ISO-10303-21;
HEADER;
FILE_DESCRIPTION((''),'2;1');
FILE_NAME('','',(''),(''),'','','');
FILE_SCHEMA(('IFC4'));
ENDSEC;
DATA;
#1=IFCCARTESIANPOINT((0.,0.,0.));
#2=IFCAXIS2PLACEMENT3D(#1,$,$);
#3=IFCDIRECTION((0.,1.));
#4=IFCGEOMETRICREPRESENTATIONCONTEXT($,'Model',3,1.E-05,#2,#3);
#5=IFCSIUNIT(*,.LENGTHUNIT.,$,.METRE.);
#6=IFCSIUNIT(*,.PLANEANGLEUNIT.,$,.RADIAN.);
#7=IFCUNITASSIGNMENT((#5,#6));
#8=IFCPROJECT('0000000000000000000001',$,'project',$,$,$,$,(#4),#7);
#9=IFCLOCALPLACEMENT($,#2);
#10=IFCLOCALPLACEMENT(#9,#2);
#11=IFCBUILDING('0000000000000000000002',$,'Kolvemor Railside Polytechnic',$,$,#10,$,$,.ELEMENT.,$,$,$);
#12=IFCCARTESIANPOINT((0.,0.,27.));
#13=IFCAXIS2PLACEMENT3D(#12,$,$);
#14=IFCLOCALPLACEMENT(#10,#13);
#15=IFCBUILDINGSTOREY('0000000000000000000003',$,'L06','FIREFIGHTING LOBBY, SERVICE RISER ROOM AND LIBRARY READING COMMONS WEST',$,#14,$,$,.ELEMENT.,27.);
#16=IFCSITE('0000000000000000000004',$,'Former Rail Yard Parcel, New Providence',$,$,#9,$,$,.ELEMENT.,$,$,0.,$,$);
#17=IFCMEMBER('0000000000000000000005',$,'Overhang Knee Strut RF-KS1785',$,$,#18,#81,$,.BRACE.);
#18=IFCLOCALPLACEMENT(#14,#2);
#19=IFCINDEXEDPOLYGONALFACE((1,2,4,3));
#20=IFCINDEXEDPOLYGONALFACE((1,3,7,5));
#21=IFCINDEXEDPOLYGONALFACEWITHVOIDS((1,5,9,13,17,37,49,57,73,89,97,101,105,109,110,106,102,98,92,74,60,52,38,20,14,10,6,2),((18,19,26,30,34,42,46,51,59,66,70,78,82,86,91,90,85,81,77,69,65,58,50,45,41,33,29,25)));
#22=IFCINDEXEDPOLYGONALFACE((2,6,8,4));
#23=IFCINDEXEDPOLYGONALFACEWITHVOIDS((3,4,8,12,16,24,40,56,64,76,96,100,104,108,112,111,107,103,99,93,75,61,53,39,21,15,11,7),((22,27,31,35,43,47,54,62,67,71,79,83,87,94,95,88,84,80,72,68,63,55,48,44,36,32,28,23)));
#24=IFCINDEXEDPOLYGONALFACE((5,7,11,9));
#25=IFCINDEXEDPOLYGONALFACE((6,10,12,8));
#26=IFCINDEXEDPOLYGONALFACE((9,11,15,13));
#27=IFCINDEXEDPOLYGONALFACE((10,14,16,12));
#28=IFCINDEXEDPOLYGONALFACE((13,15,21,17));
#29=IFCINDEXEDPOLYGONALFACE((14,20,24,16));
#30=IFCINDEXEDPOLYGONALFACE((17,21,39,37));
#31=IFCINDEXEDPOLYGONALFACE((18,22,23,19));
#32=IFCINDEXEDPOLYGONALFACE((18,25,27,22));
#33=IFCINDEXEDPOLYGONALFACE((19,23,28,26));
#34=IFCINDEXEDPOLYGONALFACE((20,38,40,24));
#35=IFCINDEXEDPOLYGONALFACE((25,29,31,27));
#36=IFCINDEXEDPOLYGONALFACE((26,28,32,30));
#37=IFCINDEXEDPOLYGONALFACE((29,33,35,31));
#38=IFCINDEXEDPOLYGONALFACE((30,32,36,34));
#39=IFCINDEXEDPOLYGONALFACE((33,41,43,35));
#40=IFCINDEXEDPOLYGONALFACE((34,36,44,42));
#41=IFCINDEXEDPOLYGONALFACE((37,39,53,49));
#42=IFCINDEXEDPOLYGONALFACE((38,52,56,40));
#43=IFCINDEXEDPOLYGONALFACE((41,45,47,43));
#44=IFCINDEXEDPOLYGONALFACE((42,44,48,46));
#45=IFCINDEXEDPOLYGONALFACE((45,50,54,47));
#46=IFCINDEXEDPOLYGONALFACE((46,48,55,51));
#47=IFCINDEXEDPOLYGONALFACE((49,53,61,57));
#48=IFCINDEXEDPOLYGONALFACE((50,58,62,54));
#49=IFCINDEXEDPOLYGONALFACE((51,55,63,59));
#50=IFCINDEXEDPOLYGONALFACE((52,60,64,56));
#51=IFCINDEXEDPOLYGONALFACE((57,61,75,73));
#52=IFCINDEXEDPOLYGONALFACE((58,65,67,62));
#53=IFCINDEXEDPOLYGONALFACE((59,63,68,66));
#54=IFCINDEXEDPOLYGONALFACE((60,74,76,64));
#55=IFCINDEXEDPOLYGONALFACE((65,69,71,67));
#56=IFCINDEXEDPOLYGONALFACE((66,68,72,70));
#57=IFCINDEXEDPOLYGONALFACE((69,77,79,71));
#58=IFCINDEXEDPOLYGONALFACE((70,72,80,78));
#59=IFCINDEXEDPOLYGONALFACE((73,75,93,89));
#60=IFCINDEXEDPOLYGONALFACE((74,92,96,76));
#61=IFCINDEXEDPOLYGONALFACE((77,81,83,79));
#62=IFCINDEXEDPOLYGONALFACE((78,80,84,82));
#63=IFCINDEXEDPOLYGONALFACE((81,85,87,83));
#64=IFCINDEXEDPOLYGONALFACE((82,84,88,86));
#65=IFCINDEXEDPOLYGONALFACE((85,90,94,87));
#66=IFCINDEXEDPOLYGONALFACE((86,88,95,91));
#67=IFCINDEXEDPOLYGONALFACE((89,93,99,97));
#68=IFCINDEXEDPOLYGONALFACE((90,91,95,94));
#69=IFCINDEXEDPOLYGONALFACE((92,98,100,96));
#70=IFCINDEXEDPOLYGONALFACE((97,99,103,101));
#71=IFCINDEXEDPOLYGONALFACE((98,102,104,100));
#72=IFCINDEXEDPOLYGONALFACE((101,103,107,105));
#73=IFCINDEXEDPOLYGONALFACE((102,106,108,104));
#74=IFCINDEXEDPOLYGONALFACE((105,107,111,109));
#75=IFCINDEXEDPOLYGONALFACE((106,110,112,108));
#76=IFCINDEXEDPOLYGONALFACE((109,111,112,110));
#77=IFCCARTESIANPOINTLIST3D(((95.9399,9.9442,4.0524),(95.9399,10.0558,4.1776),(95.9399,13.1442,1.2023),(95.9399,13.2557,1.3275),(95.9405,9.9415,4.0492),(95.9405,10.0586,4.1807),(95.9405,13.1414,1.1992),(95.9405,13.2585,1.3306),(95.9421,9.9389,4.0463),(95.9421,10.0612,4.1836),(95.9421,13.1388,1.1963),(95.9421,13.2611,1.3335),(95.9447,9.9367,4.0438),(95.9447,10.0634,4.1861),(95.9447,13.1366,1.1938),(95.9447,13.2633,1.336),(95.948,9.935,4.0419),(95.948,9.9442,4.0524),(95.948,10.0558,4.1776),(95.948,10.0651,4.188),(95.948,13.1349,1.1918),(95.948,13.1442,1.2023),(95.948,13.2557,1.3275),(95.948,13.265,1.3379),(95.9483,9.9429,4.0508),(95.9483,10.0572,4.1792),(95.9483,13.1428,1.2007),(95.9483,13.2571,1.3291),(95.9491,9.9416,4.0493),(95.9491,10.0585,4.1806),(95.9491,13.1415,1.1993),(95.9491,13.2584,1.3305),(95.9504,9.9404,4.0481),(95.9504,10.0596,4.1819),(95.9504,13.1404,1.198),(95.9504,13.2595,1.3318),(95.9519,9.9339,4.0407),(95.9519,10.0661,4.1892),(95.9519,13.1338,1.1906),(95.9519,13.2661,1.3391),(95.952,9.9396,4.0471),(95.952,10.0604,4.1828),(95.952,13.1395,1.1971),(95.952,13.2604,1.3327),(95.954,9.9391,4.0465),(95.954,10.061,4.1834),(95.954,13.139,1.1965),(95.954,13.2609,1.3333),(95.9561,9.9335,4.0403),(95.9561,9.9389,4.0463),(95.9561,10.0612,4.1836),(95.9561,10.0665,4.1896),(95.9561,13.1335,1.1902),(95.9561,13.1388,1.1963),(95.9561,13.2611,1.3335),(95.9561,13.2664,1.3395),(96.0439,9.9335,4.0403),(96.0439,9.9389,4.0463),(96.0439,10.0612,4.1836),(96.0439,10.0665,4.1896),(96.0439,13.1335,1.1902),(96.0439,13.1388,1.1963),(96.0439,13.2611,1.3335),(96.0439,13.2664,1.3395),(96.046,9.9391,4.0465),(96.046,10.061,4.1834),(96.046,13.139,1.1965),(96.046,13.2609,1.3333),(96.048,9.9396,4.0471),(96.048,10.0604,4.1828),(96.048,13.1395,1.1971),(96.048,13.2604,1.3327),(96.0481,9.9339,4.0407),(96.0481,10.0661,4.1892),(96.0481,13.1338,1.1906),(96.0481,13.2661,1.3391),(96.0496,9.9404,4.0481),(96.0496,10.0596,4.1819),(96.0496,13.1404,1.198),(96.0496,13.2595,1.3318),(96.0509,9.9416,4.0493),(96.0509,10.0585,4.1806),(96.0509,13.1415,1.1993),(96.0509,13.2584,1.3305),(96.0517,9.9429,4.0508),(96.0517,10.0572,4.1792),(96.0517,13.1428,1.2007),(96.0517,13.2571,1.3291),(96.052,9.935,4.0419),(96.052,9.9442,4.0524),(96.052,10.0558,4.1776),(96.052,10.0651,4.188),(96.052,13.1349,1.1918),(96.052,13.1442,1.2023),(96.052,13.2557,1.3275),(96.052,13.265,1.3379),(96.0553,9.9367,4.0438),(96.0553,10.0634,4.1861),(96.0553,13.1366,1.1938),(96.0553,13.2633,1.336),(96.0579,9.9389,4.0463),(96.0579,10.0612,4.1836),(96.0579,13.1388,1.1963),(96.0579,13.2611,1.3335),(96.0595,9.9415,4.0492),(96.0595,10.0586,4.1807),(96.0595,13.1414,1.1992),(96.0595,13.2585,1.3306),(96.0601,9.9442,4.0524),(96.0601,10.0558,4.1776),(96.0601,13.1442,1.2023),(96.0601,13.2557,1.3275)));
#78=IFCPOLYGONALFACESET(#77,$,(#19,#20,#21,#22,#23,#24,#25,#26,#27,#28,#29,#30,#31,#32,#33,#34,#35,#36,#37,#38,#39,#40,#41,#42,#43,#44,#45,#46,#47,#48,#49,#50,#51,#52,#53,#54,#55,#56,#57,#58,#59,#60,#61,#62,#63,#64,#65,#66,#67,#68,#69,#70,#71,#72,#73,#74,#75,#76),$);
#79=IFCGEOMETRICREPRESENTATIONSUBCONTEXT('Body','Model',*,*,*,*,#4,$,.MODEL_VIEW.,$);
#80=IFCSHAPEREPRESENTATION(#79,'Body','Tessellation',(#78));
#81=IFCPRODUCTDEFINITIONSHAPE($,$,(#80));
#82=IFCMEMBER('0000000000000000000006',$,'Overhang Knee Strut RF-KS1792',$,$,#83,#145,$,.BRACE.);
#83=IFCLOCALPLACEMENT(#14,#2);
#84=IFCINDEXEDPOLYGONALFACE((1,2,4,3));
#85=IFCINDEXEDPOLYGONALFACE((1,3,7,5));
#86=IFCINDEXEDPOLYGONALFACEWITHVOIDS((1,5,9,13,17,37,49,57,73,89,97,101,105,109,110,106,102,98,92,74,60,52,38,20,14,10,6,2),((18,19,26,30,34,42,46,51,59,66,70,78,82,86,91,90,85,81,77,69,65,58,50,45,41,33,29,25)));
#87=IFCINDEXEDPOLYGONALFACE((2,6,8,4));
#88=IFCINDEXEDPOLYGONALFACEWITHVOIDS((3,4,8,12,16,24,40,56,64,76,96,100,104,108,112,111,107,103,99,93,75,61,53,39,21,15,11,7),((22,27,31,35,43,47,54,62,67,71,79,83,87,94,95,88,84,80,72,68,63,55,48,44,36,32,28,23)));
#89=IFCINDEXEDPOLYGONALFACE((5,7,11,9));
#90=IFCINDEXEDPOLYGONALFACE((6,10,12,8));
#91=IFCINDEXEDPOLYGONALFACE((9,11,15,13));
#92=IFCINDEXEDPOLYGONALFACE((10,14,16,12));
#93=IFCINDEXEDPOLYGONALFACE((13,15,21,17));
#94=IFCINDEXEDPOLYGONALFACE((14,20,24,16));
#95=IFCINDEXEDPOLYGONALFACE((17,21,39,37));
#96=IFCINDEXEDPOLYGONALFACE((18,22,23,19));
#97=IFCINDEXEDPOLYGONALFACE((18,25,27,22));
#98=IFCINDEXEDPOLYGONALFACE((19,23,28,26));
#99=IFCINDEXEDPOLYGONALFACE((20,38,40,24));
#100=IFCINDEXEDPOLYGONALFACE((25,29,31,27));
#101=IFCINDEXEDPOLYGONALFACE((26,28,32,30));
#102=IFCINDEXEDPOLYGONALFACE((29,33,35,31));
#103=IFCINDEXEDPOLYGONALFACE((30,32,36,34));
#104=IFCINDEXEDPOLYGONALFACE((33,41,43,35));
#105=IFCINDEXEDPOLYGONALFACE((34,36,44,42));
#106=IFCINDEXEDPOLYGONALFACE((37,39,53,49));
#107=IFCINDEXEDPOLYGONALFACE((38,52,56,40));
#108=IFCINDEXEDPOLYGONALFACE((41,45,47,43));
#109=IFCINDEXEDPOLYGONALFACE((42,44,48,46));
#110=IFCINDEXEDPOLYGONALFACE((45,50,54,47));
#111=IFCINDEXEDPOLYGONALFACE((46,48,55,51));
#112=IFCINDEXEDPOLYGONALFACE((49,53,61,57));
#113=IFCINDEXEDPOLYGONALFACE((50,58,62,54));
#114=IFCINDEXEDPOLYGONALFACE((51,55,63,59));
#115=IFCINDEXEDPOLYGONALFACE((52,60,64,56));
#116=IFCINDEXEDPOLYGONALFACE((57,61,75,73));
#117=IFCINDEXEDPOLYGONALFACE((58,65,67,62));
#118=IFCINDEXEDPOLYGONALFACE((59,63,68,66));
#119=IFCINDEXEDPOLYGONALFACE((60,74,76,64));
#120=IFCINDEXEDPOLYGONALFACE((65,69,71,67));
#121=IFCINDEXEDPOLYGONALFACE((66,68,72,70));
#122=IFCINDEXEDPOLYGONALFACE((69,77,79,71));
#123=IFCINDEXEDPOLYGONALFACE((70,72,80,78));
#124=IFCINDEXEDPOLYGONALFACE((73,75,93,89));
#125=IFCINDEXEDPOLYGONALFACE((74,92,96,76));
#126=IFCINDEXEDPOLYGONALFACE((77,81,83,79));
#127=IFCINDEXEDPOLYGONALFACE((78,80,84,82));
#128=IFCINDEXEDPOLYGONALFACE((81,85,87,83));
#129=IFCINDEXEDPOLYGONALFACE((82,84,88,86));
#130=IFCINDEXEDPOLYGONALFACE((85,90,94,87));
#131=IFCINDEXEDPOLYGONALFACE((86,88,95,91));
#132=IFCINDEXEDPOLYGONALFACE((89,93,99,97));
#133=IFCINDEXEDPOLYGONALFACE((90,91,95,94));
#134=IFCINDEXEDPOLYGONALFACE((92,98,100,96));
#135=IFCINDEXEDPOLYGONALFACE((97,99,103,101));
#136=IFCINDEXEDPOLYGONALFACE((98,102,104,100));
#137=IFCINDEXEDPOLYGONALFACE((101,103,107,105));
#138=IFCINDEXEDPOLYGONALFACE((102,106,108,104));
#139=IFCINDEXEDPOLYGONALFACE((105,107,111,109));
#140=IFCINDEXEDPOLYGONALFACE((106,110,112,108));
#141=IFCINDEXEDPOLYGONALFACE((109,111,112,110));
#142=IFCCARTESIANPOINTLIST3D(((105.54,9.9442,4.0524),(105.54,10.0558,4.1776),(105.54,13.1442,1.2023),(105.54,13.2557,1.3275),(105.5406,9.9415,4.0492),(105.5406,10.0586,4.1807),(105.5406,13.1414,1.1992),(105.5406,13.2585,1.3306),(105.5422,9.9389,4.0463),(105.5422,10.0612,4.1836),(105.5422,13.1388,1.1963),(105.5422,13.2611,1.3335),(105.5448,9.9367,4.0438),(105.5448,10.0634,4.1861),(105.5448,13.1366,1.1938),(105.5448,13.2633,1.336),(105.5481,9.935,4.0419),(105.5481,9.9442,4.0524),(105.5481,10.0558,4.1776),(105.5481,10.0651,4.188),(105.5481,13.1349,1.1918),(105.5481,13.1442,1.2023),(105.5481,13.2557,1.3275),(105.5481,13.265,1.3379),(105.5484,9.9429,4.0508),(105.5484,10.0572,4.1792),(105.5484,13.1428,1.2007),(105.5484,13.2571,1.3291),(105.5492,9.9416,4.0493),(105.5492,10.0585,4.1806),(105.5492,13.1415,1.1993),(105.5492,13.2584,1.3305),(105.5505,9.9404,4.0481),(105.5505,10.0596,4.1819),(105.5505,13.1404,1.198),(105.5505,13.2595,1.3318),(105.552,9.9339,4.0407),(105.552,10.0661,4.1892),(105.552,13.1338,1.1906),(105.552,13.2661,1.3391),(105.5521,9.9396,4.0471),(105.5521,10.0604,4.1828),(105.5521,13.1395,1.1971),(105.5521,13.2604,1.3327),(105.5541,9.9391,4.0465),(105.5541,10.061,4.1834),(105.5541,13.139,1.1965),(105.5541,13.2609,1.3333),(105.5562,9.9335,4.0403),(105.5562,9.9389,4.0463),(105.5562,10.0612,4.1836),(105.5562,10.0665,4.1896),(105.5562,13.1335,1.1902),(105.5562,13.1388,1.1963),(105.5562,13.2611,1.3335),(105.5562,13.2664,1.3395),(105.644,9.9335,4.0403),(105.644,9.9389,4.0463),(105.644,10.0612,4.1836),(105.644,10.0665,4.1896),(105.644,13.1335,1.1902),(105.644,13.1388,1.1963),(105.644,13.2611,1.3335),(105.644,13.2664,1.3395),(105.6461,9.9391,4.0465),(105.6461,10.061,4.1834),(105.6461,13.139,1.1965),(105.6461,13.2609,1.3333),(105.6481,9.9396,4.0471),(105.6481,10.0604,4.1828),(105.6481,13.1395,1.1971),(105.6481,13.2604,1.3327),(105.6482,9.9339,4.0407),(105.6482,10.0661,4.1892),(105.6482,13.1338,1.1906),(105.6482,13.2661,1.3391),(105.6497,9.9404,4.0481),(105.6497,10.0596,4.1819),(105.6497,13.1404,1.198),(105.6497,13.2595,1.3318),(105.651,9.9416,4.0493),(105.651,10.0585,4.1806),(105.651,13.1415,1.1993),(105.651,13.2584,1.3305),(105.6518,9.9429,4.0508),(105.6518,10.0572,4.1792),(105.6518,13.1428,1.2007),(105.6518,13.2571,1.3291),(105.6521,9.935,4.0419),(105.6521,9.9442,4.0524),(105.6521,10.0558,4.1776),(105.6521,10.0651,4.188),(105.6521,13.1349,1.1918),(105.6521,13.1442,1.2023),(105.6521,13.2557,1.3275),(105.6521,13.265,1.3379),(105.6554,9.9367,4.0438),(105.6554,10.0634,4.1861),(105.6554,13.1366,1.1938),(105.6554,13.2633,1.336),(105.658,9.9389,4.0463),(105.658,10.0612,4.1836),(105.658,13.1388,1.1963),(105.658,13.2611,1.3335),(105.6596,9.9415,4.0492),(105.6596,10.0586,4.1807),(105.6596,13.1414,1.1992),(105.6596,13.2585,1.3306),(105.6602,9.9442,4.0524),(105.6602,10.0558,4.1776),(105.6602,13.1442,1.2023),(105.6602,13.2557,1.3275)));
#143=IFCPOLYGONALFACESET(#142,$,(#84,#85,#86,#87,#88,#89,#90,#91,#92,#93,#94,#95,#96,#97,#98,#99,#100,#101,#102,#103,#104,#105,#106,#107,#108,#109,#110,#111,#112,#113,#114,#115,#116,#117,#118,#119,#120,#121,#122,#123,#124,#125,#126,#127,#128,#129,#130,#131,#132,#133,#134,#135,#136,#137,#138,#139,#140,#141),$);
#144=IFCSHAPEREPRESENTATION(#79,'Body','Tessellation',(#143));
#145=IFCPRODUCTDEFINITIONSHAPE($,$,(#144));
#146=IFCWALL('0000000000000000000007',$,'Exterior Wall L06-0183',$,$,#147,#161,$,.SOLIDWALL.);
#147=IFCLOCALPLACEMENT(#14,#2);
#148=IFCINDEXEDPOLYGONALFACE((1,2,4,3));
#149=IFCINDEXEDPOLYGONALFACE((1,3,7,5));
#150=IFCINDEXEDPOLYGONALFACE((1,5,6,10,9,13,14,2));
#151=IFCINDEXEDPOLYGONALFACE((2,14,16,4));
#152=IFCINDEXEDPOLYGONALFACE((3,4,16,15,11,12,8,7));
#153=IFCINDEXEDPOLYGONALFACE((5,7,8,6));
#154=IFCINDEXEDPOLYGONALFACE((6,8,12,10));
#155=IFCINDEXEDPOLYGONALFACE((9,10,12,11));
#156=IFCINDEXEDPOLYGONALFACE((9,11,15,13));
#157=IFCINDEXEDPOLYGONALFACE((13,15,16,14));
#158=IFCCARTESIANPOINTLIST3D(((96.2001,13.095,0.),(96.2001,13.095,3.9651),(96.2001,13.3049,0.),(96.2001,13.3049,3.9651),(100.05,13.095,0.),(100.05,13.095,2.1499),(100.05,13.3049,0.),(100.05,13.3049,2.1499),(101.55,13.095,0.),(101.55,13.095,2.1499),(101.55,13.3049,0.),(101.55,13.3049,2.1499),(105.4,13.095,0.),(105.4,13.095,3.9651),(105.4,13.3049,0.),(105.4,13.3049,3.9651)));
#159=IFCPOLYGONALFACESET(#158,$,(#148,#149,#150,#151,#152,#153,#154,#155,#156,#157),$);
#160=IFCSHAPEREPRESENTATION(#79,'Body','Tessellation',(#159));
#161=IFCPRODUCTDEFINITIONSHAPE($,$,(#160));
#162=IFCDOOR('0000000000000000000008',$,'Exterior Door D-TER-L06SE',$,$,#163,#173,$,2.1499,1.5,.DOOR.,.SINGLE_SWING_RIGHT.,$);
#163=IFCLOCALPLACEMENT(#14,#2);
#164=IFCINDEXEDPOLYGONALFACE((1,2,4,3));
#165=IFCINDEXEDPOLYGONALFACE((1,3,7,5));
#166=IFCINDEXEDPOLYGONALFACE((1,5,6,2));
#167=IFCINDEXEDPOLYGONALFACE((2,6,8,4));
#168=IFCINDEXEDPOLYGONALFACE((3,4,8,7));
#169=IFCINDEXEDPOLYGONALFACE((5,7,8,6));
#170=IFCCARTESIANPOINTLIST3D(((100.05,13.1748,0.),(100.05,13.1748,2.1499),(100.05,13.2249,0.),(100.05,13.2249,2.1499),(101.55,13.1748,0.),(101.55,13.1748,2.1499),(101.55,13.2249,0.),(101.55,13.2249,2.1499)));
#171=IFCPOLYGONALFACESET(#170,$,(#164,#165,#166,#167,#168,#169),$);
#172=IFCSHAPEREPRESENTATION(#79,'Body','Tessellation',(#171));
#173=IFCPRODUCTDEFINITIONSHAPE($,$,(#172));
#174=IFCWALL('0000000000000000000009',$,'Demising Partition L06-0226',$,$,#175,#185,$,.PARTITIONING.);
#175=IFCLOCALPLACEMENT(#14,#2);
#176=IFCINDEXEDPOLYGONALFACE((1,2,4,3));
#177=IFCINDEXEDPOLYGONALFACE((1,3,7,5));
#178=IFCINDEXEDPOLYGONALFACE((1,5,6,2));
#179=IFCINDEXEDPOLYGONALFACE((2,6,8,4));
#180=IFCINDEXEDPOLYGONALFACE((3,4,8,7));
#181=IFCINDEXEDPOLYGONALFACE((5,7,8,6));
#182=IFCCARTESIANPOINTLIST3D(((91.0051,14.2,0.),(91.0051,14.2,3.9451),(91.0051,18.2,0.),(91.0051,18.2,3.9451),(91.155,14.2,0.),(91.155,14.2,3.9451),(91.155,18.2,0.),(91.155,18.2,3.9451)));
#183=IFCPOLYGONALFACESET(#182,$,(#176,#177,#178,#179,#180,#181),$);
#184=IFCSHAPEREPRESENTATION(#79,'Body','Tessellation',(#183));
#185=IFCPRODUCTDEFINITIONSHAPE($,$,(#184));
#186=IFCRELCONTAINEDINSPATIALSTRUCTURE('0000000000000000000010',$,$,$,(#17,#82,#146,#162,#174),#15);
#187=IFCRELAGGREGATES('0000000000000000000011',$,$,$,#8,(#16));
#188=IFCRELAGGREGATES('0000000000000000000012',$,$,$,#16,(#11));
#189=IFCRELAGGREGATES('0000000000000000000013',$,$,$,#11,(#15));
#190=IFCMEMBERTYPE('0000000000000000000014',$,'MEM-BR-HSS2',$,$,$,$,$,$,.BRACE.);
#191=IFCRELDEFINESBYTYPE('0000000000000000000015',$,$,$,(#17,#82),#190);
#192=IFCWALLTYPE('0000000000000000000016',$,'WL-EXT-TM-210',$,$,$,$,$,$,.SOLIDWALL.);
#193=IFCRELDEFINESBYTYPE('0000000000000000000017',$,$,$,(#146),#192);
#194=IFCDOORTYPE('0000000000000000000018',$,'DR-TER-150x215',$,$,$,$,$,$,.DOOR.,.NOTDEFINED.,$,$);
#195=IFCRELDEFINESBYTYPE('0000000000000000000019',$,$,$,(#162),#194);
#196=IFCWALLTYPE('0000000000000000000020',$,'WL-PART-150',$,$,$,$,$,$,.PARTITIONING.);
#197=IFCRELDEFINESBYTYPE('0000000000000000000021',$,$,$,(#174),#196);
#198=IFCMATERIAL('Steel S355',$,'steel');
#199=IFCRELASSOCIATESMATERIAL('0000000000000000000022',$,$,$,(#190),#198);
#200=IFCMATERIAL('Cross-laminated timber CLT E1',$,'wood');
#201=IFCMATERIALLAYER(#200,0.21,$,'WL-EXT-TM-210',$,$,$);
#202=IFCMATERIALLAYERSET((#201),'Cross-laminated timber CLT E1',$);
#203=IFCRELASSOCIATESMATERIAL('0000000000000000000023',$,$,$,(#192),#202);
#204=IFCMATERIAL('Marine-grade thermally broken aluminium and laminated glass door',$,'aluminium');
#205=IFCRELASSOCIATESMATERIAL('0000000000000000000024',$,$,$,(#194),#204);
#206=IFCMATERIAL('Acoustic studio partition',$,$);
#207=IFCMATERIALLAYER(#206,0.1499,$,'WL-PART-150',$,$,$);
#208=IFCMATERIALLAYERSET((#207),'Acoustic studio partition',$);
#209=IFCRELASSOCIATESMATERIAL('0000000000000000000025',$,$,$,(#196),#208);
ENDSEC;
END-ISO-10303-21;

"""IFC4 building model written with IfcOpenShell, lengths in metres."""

from ifc_helpers import new_model, si_unit, direction, frame, frame_2d, origin, origin_2d, place, context, subcontext, project, spatial, rectangle, hollow_rectangle, extrude, material, layer, layer_set, material_profile, profile_set, type_object, element, fill, save


model = new_model("IFC4")

# Units and contexts
model_context = context("Model", 3, precision=1e-05, world=origin(), true_north=direction((0.0, 1.0)))
body_context = subcontext(model_context, "Body", "Model", "MODEL_VIEW")
ifc_project = project(units=[si_unit("LENGTHUNIT", "METRE"), si_unit("PLANEANGLEUNIT", "RADIAN")], contexts=[model_context])

# Site, building, storey
site_placement = place(None, origin())
site = spatial("IfcSite", under=ifc_project, at=site_placement, Name="Former Rail Yard Parcel, New Providence", CompositionType="ELEMENT", RefElevation=0.0)
building_placement = place(site_placement, origin())
building = spatial("IfcBuilding", under=site, at=building_placement, Name="Kolvemor Railside Polytechnic", CompositionType="ELEMENT")
storey_placement = place(building_placement, frame((0.0, 0.0, 27.0)))
storey = spatial("IfcBuildingStorey", under=building, at=storey_placement, Name="L06", Description="FIREFIGHTING LOBBY, SERVICE RISER ROOM AND LIBRARY READING COMMONS WEST", CompositionType="ELEMENT", Elevation=27.0)

# Members
ifc_material_1 = material(Name="Steel S355", Category="steel")
ifc_material_profile_1 = material_profile(ifc_material_1, hollow_rectangle(XDim=0.1201, YDim=0.2, WallThickness=0.0081, InnerFilletRadius=0.0081, OuterFilletRadius=0.0161, at=origin_2d()), Name="HSS200x120x8")
ifc_profile_set_1 = profile_set([ifc_material_profile_1], Name="Steel S355")
member_type = type_object("IfcMemberType", Name="MEM-BR-HSS2", PredefinedType="BRACE", material=ifc_profile_set_1)
for number, where, z_axis, x_axis, name in (
    (1, (96.0, 13.2, 1.2649), (0.0, -0.746749, 0.665106), (1.0, 0.0, 0.0), "Overhang Knee Strut RF-KS1785"),
    (2, (105.6001, 13.2, 1.2649), (0.0, -0.746749, 0.665106), (1.0, 0.0, 0.0), "Overhang Knee Strut RF-KS1792"),
):
    element("IfcMember", number, at=place(storey_placement, frame(where, z_axis=z_axis, x_axis=x_axis)), inside=storey, type_object=member_type, Name=name, PredefinedType="BRACE", context=body_context, shape_type="SweptSolid", body=[
        extrude(hollow_rectangle(XDim=0.1201, YDim=0.2, WallThickness=0.0081, InnerFilletRadius=0.0081, OuterFilletRadius=0.0161, at=origin_2d()), origin(), (0.0, 0.0, 1.0), 4.2852),
    ])

# Wall, opening, door
ifc_material_2 = material(Name="Cross-laminated timber CLT E1", Category="wood")
ifc_layer_1 = layer(ifc_material_2, 0.21, Name="WL-EXT-TM-210")
ifc_layer_set_1 = layer_set([ifc_layer_1], Name="Cross-laminated timber CLT E1")
wall_type_1 = type_object("IfcWallType", Name="WL-EXT-TM-210", PredefinedType="SOLIDWALL", material=ifc_layer_set_1)
wall_1_placement = place(storey_placement, frame((96.2, 13.2, 0.0), z_axis=(0.0, 0.0, 1.0), x_axis=(1.0, 0.0, 0.0)))
wall_1 = element("IfcWall", 3, at=wall_1_placement, inside=storey, type_object=wall_type_1, Name="Exterior Wall L06-0183", PredefinedType="SOLIDWALL", context=body_context, shape_type="SweptSolid", body=[
    extrude(rectangle(XDim=9.2, YDim=0.21, at=frame_2d((4.6001, 0.0))), origin(), (0.0, 0.0, 1.0), 3.9651),
])
opening_1_placement = place(wall_1_placement, frame((3.8501, 0.0, 0.0)))
opening_1 = element("IfcOpeningElement", 4, at=opening_1_placement, cuts=wall_1, PredefinedType="OPENING", context=body_context, shape_type="SweptSolid", body=[
    extrude(rectangle(XDim=1.5, YDim=2.1499, at=frame_2d((0.75, 1.075))), frame((0.0, 0.115, 0.0), z_axis=(0.0, -1.0, 0.0), x_axis=(1.0, 0.0, 0.0)), (0.0, 0.0, 1.0), 0.23),
])
ifc_material_3 = material(Name="Marine-grade thermally broken aluminium and laminated glass door", Category="aluminium")
door_type_1 = type_object("IfcDoorType", Name="DR-TER-150x215", OperationType="NOTDEFINED", PredefinedType="DOOR", material=ifc_material_3)
door_1_placement = place(opening_1_placement, origin())
door_1 = element("IfcDoor", 5, at=door_1_placement, inside=storey, type_object=door_type_1, Name="Exterior Door D-TER-L06SE", OperationType="SINGLE_SWING_RIGHT", OverallHeight=2.1499, OverallWidth=1.5, PredefinedType="DOOR", context=body_context, shape_type="SweptSolid", body=[
    extrude(rectangle(XDim=1.5, YDim=2.1499, at=frame_2d((0.75, 1.075))), frame((0.0, 0.0249, 0.0), z_axis=(0.0, -1.0, 0.0), x_axis=(1.0, 0.0, 0.0)), (0.0, 0.0, 1.0), 0.05),
])
fill(opening_1, door_1)

# Wall
ifc_material_4 = material(Name="Acoustic studio partition")
ifc_layer_2 = layer(ifc_material_4, 0.1499, Name="WL-PART-150")
ifc_layer_set_2 = layer_set([ifc_layer_2], Name="Acoustic studio partition")
wall_type_2 = type_object("IfcWallType", Name="WL-PART-150", PredefinedType="PARTITIONING", material=ifc_layer_set_2)
wall_2_placement = place(storey_placement, frame((91.0801, 14.2, 0.0), z_axis=(0.0, 0.0, 1.0), x_axis=(0.0, 1.0, 0.0)))
element("IfcWall", 6, at=wall_2_placement, inside=storey, type_object=wall_type_2, Name="Demising Partition L06-0226", PredefinedType="PARTITIONING", context=body_context, shape_type="SweptSolid", body=[
    extrude(rectangle(XDim=4.0, YDim=0.1499, at=frame_2d((2.0, 0.0))), origin(), (0.0, 0.0, 1.0), 3.9451),
])

save(model, "model.ifc")
